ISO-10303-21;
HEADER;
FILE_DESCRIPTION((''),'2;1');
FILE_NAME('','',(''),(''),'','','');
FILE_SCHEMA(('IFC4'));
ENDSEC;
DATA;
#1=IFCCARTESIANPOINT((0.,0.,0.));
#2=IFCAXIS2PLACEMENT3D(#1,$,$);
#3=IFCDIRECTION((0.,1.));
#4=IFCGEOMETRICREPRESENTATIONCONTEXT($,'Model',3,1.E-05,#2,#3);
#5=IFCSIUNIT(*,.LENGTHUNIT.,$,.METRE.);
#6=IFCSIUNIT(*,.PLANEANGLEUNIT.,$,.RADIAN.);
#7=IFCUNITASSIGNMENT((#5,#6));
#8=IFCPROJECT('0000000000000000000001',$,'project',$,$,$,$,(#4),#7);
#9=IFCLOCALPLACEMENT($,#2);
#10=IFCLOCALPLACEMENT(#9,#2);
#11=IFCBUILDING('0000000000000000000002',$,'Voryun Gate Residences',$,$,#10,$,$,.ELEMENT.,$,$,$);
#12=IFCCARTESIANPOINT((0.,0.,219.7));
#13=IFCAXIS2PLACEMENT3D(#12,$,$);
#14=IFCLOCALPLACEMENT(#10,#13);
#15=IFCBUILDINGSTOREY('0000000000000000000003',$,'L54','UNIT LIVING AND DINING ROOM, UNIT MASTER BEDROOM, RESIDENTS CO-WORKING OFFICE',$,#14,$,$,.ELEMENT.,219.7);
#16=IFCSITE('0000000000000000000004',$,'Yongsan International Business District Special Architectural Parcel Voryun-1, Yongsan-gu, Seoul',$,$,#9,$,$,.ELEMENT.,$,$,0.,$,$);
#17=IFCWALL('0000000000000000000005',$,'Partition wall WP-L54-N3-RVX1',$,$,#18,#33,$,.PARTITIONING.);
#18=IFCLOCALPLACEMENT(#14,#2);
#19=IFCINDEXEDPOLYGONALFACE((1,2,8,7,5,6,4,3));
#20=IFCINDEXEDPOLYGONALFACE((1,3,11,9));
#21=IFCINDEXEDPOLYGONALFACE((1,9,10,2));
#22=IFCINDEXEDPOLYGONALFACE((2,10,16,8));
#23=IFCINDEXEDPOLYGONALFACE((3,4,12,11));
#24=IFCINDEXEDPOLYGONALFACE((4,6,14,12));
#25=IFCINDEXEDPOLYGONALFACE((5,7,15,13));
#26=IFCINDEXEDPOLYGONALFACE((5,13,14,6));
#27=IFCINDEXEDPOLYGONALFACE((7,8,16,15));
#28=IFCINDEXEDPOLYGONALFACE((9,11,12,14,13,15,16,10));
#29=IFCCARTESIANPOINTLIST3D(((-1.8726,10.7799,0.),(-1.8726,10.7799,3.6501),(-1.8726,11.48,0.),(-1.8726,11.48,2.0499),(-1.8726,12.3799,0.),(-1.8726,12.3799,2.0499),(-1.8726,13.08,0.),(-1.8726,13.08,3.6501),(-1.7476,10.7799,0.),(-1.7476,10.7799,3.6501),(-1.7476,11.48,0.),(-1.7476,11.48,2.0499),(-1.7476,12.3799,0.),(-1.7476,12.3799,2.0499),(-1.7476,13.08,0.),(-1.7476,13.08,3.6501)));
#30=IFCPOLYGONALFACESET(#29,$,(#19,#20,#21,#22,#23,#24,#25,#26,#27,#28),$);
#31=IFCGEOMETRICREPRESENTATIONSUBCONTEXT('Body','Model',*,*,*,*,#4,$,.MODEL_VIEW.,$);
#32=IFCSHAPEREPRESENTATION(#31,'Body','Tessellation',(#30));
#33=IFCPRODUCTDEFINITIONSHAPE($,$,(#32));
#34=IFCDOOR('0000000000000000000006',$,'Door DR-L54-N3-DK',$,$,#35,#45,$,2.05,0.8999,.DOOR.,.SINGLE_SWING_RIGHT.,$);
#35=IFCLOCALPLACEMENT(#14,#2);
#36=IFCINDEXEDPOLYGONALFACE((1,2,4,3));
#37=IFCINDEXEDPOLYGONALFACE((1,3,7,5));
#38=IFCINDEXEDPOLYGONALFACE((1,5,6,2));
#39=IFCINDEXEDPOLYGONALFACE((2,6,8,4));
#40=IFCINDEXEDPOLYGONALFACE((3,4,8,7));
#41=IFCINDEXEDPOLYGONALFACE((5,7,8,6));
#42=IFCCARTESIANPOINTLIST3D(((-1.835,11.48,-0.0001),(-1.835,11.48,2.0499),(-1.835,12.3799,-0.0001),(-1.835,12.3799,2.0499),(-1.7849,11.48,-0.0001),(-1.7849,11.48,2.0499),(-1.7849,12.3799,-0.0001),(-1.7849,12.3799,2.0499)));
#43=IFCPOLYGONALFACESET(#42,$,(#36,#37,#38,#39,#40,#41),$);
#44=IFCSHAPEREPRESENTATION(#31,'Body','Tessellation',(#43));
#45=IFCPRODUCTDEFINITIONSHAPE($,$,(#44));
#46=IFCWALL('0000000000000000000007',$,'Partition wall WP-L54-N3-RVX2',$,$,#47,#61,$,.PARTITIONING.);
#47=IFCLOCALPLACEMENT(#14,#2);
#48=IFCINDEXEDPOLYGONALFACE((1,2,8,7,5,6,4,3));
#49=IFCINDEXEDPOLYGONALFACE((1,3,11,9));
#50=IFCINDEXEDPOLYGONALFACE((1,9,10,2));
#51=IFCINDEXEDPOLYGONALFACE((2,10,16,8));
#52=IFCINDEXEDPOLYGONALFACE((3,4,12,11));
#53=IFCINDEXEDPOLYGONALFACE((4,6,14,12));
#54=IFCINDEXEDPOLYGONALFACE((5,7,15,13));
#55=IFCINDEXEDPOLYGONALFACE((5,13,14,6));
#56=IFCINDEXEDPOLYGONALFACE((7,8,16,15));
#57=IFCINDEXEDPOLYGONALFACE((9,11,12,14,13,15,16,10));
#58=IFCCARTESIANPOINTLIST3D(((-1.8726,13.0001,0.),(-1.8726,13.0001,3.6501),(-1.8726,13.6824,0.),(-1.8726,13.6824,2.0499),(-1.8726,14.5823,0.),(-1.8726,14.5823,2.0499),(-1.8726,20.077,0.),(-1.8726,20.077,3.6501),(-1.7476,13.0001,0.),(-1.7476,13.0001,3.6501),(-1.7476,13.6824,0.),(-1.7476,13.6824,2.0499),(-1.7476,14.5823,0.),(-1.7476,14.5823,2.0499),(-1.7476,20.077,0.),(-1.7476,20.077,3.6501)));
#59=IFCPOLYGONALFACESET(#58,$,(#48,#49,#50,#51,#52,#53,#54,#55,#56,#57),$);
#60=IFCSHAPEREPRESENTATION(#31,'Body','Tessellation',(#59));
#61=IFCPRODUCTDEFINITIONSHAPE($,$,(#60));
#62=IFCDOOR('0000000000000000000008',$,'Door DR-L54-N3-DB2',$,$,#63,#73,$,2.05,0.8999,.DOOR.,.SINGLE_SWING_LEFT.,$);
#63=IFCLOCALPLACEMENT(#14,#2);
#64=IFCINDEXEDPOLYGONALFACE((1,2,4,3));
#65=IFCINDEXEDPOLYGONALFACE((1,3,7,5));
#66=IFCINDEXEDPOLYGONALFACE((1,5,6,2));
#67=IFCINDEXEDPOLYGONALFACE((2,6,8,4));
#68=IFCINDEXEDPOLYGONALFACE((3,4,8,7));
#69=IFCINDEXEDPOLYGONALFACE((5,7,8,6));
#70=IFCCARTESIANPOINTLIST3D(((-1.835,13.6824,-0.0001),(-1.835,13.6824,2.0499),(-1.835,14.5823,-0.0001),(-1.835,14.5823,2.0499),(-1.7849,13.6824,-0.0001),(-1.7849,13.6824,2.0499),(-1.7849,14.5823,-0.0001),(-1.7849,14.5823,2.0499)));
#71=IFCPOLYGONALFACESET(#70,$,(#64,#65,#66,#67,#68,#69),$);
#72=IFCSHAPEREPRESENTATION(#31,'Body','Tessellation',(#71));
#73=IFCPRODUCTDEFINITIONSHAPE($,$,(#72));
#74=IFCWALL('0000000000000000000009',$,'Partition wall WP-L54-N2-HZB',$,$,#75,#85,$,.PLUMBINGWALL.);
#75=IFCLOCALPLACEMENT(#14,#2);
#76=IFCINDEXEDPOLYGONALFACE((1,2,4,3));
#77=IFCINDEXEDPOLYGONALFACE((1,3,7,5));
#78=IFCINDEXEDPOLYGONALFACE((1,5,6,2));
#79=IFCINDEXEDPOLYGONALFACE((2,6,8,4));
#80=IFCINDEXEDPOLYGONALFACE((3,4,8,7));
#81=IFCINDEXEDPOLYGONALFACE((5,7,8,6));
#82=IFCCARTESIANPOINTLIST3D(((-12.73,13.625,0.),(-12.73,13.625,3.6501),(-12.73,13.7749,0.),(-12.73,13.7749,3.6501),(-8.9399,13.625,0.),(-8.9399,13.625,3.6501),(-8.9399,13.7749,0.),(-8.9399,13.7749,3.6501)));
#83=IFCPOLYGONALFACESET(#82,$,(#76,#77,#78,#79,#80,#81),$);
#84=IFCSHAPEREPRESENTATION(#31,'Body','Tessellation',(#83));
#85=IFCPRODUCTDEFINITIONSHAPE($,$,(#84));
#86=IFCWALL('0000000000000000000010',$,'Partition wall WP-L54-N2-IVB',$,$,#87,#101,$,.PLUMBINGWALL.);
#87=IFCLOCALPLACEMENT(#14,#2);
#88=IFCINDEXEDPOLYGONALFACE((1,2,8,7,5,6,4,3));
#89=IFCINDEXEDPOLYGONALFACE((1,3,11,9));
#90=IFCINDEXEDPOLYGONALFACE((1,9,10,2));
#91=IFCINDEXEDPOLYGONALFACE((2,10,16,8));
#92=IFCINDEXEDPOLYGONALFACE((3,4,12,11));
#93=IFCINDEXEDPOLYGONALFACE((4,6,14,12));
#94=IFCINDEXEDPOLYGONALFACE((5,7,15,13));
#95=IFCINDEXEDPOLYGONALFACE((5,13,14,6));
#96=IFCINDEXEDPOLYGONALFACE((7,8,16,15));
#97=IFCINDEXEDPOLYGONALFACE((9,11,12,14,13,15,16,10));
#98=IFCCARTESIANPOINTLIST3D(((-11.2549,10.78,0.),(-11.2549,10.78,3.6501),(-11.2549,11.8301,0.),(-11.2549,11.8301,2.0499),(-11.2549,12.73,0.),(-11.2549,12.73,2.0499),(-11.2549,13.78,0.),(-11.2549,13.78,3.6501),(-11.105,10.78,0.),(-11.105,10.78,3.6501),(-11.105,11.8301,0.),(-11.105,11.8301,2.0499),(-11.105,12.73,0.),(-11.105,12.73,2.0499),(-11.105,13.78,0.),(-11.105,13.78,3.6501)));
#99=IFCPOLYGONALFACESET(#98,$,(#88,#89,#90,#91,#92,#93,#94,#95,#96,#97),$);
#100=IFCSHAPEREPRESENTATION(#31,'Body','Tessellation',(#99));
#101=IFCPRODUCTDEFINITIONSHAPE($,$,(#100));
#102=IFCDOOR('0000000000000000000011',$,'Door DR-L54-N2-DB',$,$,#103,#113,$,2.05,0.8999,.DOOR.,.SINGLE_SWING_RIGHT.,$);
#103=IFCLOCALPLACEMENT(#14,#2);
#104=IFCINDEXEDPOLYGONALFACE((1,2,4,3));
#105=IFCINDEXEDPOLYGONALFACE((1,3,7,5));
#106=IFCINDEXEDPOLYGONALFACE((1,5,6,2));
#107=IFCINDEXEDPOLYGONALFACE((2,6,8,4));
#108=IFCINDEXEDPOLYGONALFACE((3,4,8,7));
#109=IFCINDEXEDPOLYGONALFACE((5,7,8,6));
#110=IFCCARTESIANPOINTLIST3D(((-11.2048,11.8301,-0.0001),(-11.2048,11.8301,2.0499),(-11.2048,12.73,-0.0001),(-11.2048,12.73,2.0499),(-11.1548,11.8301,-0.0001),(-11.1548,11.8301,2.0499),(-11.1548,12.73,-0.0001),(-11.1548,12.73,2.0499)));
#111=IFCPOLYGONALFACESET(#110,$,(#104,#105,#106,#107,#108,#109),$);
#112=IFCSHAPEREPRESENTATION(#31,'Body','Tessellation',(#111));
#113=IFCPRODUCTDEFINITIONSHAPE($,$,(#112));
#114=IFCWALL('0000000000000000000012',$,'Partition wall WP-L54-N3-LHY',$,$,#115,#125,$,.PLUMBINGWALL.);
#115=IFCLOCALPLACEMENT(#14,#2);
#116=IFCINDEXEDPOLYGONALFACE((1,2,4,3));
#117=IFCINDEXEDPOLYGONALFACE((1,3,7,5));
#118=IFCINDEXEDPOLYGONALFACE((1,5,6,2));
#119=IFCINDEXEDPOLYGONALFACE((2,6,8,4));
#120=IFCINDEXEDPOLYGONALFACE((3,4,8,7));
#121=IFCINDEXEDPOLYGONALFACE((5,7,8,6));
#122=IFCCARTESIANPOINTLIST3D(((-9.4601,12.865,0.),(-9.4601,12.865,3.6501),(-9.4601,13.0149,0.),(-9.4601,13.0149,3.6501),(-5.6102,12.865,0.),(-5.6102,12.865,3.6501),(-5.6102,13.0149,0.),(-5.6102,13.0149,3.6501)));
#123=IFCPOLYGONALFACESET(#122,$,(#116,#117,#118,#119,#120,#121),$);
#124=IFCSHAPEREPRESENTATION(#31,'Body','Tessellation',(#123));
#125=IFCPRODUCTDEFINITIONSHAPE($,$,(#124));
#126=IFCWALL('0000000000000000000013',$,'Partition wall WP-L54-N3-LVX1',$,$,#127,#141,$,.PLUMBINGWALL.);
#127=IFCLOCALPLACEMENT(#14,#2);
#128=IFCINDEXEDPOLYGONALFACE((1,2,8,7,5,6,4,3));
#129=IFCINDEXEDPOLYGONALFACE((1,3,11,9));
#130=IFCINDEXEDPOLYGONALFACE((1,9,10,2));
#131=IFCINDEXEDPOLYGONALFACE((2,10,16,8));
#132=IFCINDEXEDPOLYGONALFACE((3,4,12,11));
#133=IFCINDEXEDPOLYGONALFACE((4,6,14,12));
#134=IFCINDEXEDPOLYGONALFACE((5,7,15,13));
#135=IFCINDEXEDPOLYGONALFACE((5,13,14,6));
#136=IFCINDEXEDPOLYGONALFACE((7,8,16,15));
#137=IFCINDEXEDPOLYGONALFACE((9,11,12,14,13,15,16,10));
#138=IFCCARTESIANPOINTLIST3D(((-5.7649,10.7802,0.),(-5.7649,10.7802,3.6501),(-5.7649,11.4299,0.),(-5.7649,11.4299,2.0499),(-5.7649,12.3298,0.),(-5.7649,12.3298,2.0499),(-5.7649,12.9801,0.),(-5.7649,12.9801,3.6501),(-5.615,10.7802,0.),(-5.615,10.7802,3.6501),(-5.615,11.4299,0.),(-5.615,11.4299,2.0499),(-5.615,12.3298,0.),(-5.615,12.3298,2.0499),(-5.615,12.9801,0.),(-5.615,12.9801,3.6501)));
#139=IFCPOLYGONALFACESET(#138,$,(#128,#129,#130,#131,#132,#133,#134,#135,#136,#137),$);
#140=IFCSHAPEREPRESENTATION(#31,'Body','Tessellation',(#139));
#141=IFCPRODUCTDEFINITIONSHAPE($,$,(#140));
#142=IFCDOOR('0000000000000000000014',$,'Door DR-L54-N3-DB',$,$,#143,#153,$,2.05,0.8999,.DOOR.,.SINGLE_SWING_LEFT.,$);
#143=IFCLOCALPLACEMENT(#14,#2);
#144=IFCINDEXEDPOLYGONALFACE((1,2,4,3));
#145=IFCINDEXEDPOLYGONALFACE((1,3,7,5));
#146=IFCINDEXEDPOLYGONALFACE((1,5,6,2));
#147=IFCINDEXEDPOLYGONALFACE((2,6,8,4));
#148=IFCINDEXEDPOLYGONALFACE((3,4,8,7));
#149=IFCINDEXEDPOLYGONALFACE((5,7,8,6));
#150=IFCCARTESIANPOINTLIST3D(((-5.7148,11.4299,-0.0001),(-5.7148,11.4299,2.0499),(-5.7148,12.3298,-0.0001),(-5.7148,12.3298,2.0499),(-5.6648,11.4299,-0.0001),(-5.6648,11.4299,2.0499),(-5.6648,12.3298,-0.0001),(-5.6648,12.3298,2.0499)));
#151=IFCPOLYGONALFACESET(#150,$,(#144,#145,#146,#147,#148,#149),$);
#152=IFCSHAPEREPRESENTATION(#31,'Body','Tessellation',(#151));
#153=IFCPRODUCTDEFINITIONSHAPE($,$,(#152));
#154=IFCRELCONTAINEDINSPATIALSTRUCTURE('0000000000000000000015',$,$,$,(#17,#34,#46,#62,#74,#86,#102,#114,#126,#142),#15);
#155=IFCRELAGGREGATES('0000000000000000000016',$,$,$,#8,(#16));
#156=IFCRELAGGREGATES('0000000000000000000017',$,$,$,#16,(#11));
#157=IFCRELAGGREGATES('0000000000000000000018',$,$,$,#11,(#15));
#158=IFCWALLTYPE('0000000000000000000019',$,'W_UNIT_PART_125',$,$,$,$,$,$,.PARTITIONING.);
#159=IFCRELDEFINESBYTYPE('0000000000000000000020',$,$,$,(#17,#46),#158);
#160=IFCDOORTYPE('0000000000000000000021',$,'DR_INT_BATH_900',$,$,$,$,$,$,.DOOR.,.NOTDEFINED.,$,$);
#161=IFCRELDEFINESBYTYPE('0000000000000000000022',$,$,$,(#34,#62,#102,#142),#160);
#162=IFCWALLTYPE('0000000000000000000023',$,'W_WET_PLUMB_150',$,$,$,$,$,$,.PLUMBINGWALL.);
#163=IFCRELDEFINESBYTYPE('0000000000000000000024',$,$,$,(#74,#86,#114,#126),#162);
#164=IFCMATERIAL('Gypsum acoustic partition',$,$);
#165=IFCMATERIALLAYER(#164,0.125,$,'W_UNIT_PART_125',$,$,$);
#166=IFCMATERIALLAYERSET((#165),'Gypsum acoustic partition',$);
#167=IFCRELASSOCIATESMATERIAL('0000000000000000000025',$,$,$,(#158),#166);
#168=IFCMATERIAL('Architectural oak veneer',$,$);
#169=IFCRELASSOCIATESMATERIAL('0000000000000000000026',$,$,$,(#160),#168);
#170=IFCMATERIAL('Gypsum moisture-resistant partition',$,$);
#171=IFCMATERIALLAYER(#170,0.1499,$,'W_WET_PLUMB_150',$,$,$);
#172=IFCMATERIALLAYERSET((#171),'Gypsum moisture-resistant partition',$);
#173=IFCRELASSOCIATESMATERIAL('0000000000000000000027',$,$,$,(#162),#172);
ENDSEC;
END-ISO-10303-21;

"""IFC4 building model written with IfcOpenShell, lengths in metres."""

from ifc_helpers import new_model, si_unit, direction, frame, frame_2d, origin, place, context, subcontext, project, spatial, rectangle, extrude, material, layer, layer_set, type_object, element, fill, save


model = new_model("IFC4")

# Units and contexts
model_context = context("Model", 3, precision=1e-05, world=origin(), true_north=direction((0.0, 1.0)))
body_context = subcontext(model_context, "Body", "Model", "MODEL_VIEW")
ifc_project = project(units=[si_unit("LENGTHUNIT", "METRE"), si_unit("PLANEANGLEUNIT", "RADIAN")], contexts=[model_context])

# Site, building, storey
site_placement = place(None, origin())
site = spatial("IfcSite", under=ifc_project, at=site_placement, Name="Yongsan International Business District Special Architectural Parcel Voryun-1, Yongsan-gu, Seoul", CompositionType="ELEMENT", RefElevation=0.0)
building_placement = place(site_placement, origin())
building = spatial("IfcBuilding", under=site, at=building_placement, Name="Voryun Gate Residences", CompositionType="ELEMENT")
storey_placement = place(building_placement, frame((0.0, 0.0, 219.7)))
storey = spatial("IfcBuildingStorey", under=building, at=storey_placement, Name="L54", Description="UNIT LIVING AND DINING ROOM, UNIT MASTER BEDROOM, RESIDENTS CO-WORKING OFFICE", CompositionType="ELEMENT", Elevation=219.7)

# Shared definitions
ifc_material_1 = material(Name="Gypsum acoustic partition")
ifc_layer_1 = layer(ifc_material_1, 0.125, Name="W_UNIT_PART_125")
ifc_layer_set_1 = layer_set([ifc_layer_1], Name="Gypsum acoustic partition")
wall_type_1 = type_object("IfcWallType", Name="W_UNIT_PART_125", PredefinedType="PARTITIONING", material=ifc_layer_set_1)
ifc_material_2 = material(Name="Architectural oak veneer")
door_type_1 = type_object("IfcDoorType", Name="DR_INT_BATH_900", OperationType="NOTDEFINED", PredefinedType="DOOR", material=ifc_material_2)

# Walls, openings, doors
wall_1_placement = place(storey_placement, frame((-1.8101, 10.78, 0.0), z_axis=(0.0, 0.0, 1.0), x_axis=(0.0, 1.0, 0.0)))
wall_1 = element("IfcWall", 1, at=wall_1_placement, inside=storey, type_object=wall_type_1, Name="Partition wall WP-L54-N3-RVX1", PredefinedType="PARTITIONING", context=body_context, shape_type="SweptSolid", body=[
    extrude(rectangle(XDim=2.3, YDim=0.125, at=frame_2d((1.1499, 0.0))), origin(), (0.0, 0.0, 1.0), 3.6501),
])
opening_1_placement = place(wall_1_placement, frame((0.7, 0.0, 0.0)))
opening_1 = element("IfcOpeningElement", 2, at=opening_1_placement, cuts=wall_1, PredefinedType="OPENING", context=body_context, shape_type="SweptSolid", body=[
    extrude(rectangle(XDim=0.8999, YDim=2.05, at=frame_2d((0.45, 1.0249))), frame((0.0, 0.0725, 0.0), z_axis=(0.0, -1.0, 0.0), x_axis=(1.0, 0.0, 0.0)), (0.0, 0.0, 1.0), 0.145),
])
door_1_placement = place(opening_1_placement, origin())
door_1 = element("IfcDoor", 3, at=door_1_placement, inside=storey, type_object=door_type_1, Name="Door DR-L54-N3-DK", OperationType="SINGLE_SWING_RIGHT", OverallHeight=2.05, OverallWidth=0.8999, PredefinedType="DOOR", context=body_context, shape_type="SweptSolid", body=[
    extrude(rectangle(XDim=0.8999, YDim=2.05, at=frame_2d((0.45, 1.0249))), frame((0.0, 0.0249, 0.0), z_axis=(0.0, -1.0, 0.0), x_axis=(1.0, 0.0, 0.0)), (0.0, 0.0, 1.0), 0.05),
])
fill(opening_1, door_1)
wall_2_placement = place(storey_placement, frame((-1.8101, 13.0, 0.0), z_axis=(0.0, 0.0, 1.0), x_axis=(0.0, 1.0, 0.0)))
wall_2 = element("IfcWall", 4, at=wall_2_placement, inside=storey, type_object=wall_type_1, Name="Partition wall WP-L54-N3-RVX2", PredefinedType="PARTITIONING", context=body_context, shape_type="SweptSolid", body=[
    extrude(rectangle(XDim=7.0769, YDim=0.125, at=frame_2d((3.5386, 0.0))), origin(), (0.0, 0.0, 1.0), 3.6501),
])
opening_2_placement = place(wall_2_placement, frame((0.6824, 0.0, 0.0)))
opening_2 = element("IfcOpeningElement", 5, at=opening_2_placement, cuts=wall_2, PredefinedType="OPENING", context=body_context, shape_type="SweptSolid", body=[
    extrude(rectangle(XDim=0.8999, YDim=2.05, at=frame_2d((0.45, 1.0249))), frame((0.0, 0.0725, 0.0), z_axis=(0.0, -1.0, 0.0), x_axis=(1.0, 0.0, 0.0)), (0.0, 0.0, 1.0), 0.145),
])
door_2_placement = place(opening_2_placement, origin())
door_2 = element("IfcDoor", 6, at=door_2_placement, inside=storey, type_object=door_type_1, Name="Door DR-L54-N3-DB2", OperationType="SINGLE_SWING_LEFT", OverallHeight=2.05, OverallWidth=0.8999, PredefinedType="DOOR", context=body_context, shape_type="SweptSolid", body=[
    extrude(rectangle(XDim=0.8999, YDim=2.05, at=frame_2d((0.45, 1.0249))), frame((0.0, 0.0249, 0.0), z_axis=(0.0, -1.0, 0.0), x_axis=(1.0, 0.0, 0.0)), (0.0, 0.0, 1.0), 0.05),
])
fill(opening_2, door_2)

# Wall
ifc_material_3 = material(Name="Gypsum moisture-resistant partition")
ifc_layer_2 = layer(ifc_material_3, 0.1499, Name="W_WET_PLUMB_150")
ifc_layer_set_2 = layer_set([ifc_layer_2], Name="Gypsum moisture-resistant partition")
wall_type_2 = type_object("IfcWallType", Name="W_WET_PLUMB_150", PredefinedType="PLUMBINGWALL", material=ifc_layer_set_2)
wall_3_placement = place(storey_placement, frame((-12.73, 13.7, 0.0), z_axis=(0.0, 0.0, 1.0), x_axis=(1.0, 0.0, 0.0)))
element("IfcWall", 7, at=wall_3_placement, inside=storey, type_object=wall_type_2, Name="Partition wall WP-L54-N2-HZB", PredefinedType="PLUMBINGWALL", context=body_context, shape_type="SweptSolid", body=[
    extrude(rectangle(XDim=3.79, YDim=0.1499, at=frame_2d((1.895, 0.0))), origin(), (0.0, 0.0, 1.0), 3.6501),
])

# Wall, opening, door
wall_4_placement = place(storey_placement, frame((-11.1799, 10.78, 0.0), z_axis=(0.0, 0.0, 1.0), x_axis=(0.0, 1.0, 0.0)))
wall_4 = element("IfcWall", 8, at=wall_4_placement, inside=storey, type_object=wall_type_2, Name="Partition wall WP-L54-N2-IVB", PredefinedType="PLUMBINGWALL", context=body_context, shape_type="SweptSolid", body=[
    extrude(rectangle(XDim=3.0, YDim=0.1499, at=frame_2d((1.5, 0.0))), origin(), (0.0, 0.0, 1.0), 3.6501),
])
opening_3_placement = place(wall_4_placement, frame((1.05, 0.0, 0.0)))
opening_3 = element("IfcOpeningElement", 9, at=opening_3_placement, cuts=wall_4, PredefinedType="OPENING", context=body_context, shape_type="SweptSolid", body=[
    extrude(rectangle(XDim=0.8999, YDim=2.05, at=frame_2d((0.45, 1.0249))), frame((0.0, 0.085, 0.0), z_axis=(0.0, -1.0, 0.0), x_axis=(1.0, 0.0, 0.0)), (0.0, 0.0, 1.0), 0.1699),
])
door_3_placement = place(opening_3_placement, origin())
door_3 = element("IfcDoor", 10, at=door_3_placement, inside=storey, type_object=door_type_1, Name="Door DR-L54-N2-DB", OperationType="SINGLE_SWING_RIGHT", OverallHeight=2.05, OverallWidth=0.8999, PredefinedType="DOOR", context=body_context, shape_type="SweptSolid", body=[
    extrude(rectangle(XDim=0.8999, YDim=2.05, at=frame_2d((0.45, 1.0249))), frame((0.0, 0.0249, 0.0), z_axis=(0.0, -1.0, 0.0), x_axis=(1.0, 0.0, 0.0)), (0.0, 0.0, 1.0), 0.05),
])
fill(opening_3, door_3)

# Wall
wall_5_placement = place(storey_placement, frame((-9.46, 12.9399, 0.0), z_axis=(0.0, 0.0, 1.0), x_axis=(1.0, 0.0, 0.0)))
element("IfcWall", 11, at=wall_5_placement, inside=storey, type_object=wall_type_2, Name="Partition wall WP-L54-N3-LHY", PredefinedType="PLUMBINGWALL", context=body_context, shape_type="SweptSolid", body=[
    extrude(rectangle(XDim=3.8499, YDim=0.1499, at=frame_2d((1.9248, 0.0))), origin(), (0.0, 0.0, 1.0), 3.6501),
])

# Wall, opening, door
wall_6_placement = place(storey_placement, frame((-5.6899, 10.78, 0.0), z_axis=(0.0, 0.0, 1.0), x_axis=(0.0, 1.0, 0.0)))
wall_6 = element("IfcWall", 12, at=wall_6_placement, inside=storey, type_object=wall_type_2, Name="Partition wall WP-L54-N3-LVX1", PredefinedType="PLUMBINGWALL", context=body_context, shape_type="SweptSolid", body=[
    extrude(rectangle(XDim=2.2, YDim=0.1499, at=frame_2d((1.1001, 0.0))), origin(), (0.0, 0.0, 1.0), 3.6501),
])
opening_4_placement = place(wall_6_placement, frame((0.6499, 0.0, 0.0)))
opening_4 = element("IfcOpeningElement", 13, at=opening_4_placement, cuts=wall_6, PredefinedType="OPENING", context=body_context, shape_type="SweptSolid", body=[
    extrude(rectangle(XDim=0.8999, YDim=2.05, at=frame_2d((0.45, 1.0249))), frame((0.0, 0.085, 0.0), z_axis=(0.0, -1.0, 0.0), x_axis=(1.0, 0.0, 0.0)), (0.0, 0.0, 1.0), 0.1699),
])
door_4_placement = place(opening_4_placement, origin())
door_4 = element("IfcDoor", 14, at=door_4_placement, inside=storey, type_object=door_type_1, Name="Door DR-L54-N3-DB", OperationType="SINGLE_SWING_LEFT", OverallHeight=2.05, OverallWidth=0.8999, PredefinedType="DOOR", context=body_context, shape_type="SweptSolid", body=[
    extrude(rectangle(XDim=0.8999, YDim=2.05, at=frame_2d((0.45, 1.0249))), frame((0.0, 0.0249, 0.0), z_axis=(0.0, -1.0, 0.0), x_axis=(1.0, 0.0, 0.0)), (0.0, 0.0, 1.0), 0.05),
])
fill(opening_4, door_4)

save(model, "model.ifc")
